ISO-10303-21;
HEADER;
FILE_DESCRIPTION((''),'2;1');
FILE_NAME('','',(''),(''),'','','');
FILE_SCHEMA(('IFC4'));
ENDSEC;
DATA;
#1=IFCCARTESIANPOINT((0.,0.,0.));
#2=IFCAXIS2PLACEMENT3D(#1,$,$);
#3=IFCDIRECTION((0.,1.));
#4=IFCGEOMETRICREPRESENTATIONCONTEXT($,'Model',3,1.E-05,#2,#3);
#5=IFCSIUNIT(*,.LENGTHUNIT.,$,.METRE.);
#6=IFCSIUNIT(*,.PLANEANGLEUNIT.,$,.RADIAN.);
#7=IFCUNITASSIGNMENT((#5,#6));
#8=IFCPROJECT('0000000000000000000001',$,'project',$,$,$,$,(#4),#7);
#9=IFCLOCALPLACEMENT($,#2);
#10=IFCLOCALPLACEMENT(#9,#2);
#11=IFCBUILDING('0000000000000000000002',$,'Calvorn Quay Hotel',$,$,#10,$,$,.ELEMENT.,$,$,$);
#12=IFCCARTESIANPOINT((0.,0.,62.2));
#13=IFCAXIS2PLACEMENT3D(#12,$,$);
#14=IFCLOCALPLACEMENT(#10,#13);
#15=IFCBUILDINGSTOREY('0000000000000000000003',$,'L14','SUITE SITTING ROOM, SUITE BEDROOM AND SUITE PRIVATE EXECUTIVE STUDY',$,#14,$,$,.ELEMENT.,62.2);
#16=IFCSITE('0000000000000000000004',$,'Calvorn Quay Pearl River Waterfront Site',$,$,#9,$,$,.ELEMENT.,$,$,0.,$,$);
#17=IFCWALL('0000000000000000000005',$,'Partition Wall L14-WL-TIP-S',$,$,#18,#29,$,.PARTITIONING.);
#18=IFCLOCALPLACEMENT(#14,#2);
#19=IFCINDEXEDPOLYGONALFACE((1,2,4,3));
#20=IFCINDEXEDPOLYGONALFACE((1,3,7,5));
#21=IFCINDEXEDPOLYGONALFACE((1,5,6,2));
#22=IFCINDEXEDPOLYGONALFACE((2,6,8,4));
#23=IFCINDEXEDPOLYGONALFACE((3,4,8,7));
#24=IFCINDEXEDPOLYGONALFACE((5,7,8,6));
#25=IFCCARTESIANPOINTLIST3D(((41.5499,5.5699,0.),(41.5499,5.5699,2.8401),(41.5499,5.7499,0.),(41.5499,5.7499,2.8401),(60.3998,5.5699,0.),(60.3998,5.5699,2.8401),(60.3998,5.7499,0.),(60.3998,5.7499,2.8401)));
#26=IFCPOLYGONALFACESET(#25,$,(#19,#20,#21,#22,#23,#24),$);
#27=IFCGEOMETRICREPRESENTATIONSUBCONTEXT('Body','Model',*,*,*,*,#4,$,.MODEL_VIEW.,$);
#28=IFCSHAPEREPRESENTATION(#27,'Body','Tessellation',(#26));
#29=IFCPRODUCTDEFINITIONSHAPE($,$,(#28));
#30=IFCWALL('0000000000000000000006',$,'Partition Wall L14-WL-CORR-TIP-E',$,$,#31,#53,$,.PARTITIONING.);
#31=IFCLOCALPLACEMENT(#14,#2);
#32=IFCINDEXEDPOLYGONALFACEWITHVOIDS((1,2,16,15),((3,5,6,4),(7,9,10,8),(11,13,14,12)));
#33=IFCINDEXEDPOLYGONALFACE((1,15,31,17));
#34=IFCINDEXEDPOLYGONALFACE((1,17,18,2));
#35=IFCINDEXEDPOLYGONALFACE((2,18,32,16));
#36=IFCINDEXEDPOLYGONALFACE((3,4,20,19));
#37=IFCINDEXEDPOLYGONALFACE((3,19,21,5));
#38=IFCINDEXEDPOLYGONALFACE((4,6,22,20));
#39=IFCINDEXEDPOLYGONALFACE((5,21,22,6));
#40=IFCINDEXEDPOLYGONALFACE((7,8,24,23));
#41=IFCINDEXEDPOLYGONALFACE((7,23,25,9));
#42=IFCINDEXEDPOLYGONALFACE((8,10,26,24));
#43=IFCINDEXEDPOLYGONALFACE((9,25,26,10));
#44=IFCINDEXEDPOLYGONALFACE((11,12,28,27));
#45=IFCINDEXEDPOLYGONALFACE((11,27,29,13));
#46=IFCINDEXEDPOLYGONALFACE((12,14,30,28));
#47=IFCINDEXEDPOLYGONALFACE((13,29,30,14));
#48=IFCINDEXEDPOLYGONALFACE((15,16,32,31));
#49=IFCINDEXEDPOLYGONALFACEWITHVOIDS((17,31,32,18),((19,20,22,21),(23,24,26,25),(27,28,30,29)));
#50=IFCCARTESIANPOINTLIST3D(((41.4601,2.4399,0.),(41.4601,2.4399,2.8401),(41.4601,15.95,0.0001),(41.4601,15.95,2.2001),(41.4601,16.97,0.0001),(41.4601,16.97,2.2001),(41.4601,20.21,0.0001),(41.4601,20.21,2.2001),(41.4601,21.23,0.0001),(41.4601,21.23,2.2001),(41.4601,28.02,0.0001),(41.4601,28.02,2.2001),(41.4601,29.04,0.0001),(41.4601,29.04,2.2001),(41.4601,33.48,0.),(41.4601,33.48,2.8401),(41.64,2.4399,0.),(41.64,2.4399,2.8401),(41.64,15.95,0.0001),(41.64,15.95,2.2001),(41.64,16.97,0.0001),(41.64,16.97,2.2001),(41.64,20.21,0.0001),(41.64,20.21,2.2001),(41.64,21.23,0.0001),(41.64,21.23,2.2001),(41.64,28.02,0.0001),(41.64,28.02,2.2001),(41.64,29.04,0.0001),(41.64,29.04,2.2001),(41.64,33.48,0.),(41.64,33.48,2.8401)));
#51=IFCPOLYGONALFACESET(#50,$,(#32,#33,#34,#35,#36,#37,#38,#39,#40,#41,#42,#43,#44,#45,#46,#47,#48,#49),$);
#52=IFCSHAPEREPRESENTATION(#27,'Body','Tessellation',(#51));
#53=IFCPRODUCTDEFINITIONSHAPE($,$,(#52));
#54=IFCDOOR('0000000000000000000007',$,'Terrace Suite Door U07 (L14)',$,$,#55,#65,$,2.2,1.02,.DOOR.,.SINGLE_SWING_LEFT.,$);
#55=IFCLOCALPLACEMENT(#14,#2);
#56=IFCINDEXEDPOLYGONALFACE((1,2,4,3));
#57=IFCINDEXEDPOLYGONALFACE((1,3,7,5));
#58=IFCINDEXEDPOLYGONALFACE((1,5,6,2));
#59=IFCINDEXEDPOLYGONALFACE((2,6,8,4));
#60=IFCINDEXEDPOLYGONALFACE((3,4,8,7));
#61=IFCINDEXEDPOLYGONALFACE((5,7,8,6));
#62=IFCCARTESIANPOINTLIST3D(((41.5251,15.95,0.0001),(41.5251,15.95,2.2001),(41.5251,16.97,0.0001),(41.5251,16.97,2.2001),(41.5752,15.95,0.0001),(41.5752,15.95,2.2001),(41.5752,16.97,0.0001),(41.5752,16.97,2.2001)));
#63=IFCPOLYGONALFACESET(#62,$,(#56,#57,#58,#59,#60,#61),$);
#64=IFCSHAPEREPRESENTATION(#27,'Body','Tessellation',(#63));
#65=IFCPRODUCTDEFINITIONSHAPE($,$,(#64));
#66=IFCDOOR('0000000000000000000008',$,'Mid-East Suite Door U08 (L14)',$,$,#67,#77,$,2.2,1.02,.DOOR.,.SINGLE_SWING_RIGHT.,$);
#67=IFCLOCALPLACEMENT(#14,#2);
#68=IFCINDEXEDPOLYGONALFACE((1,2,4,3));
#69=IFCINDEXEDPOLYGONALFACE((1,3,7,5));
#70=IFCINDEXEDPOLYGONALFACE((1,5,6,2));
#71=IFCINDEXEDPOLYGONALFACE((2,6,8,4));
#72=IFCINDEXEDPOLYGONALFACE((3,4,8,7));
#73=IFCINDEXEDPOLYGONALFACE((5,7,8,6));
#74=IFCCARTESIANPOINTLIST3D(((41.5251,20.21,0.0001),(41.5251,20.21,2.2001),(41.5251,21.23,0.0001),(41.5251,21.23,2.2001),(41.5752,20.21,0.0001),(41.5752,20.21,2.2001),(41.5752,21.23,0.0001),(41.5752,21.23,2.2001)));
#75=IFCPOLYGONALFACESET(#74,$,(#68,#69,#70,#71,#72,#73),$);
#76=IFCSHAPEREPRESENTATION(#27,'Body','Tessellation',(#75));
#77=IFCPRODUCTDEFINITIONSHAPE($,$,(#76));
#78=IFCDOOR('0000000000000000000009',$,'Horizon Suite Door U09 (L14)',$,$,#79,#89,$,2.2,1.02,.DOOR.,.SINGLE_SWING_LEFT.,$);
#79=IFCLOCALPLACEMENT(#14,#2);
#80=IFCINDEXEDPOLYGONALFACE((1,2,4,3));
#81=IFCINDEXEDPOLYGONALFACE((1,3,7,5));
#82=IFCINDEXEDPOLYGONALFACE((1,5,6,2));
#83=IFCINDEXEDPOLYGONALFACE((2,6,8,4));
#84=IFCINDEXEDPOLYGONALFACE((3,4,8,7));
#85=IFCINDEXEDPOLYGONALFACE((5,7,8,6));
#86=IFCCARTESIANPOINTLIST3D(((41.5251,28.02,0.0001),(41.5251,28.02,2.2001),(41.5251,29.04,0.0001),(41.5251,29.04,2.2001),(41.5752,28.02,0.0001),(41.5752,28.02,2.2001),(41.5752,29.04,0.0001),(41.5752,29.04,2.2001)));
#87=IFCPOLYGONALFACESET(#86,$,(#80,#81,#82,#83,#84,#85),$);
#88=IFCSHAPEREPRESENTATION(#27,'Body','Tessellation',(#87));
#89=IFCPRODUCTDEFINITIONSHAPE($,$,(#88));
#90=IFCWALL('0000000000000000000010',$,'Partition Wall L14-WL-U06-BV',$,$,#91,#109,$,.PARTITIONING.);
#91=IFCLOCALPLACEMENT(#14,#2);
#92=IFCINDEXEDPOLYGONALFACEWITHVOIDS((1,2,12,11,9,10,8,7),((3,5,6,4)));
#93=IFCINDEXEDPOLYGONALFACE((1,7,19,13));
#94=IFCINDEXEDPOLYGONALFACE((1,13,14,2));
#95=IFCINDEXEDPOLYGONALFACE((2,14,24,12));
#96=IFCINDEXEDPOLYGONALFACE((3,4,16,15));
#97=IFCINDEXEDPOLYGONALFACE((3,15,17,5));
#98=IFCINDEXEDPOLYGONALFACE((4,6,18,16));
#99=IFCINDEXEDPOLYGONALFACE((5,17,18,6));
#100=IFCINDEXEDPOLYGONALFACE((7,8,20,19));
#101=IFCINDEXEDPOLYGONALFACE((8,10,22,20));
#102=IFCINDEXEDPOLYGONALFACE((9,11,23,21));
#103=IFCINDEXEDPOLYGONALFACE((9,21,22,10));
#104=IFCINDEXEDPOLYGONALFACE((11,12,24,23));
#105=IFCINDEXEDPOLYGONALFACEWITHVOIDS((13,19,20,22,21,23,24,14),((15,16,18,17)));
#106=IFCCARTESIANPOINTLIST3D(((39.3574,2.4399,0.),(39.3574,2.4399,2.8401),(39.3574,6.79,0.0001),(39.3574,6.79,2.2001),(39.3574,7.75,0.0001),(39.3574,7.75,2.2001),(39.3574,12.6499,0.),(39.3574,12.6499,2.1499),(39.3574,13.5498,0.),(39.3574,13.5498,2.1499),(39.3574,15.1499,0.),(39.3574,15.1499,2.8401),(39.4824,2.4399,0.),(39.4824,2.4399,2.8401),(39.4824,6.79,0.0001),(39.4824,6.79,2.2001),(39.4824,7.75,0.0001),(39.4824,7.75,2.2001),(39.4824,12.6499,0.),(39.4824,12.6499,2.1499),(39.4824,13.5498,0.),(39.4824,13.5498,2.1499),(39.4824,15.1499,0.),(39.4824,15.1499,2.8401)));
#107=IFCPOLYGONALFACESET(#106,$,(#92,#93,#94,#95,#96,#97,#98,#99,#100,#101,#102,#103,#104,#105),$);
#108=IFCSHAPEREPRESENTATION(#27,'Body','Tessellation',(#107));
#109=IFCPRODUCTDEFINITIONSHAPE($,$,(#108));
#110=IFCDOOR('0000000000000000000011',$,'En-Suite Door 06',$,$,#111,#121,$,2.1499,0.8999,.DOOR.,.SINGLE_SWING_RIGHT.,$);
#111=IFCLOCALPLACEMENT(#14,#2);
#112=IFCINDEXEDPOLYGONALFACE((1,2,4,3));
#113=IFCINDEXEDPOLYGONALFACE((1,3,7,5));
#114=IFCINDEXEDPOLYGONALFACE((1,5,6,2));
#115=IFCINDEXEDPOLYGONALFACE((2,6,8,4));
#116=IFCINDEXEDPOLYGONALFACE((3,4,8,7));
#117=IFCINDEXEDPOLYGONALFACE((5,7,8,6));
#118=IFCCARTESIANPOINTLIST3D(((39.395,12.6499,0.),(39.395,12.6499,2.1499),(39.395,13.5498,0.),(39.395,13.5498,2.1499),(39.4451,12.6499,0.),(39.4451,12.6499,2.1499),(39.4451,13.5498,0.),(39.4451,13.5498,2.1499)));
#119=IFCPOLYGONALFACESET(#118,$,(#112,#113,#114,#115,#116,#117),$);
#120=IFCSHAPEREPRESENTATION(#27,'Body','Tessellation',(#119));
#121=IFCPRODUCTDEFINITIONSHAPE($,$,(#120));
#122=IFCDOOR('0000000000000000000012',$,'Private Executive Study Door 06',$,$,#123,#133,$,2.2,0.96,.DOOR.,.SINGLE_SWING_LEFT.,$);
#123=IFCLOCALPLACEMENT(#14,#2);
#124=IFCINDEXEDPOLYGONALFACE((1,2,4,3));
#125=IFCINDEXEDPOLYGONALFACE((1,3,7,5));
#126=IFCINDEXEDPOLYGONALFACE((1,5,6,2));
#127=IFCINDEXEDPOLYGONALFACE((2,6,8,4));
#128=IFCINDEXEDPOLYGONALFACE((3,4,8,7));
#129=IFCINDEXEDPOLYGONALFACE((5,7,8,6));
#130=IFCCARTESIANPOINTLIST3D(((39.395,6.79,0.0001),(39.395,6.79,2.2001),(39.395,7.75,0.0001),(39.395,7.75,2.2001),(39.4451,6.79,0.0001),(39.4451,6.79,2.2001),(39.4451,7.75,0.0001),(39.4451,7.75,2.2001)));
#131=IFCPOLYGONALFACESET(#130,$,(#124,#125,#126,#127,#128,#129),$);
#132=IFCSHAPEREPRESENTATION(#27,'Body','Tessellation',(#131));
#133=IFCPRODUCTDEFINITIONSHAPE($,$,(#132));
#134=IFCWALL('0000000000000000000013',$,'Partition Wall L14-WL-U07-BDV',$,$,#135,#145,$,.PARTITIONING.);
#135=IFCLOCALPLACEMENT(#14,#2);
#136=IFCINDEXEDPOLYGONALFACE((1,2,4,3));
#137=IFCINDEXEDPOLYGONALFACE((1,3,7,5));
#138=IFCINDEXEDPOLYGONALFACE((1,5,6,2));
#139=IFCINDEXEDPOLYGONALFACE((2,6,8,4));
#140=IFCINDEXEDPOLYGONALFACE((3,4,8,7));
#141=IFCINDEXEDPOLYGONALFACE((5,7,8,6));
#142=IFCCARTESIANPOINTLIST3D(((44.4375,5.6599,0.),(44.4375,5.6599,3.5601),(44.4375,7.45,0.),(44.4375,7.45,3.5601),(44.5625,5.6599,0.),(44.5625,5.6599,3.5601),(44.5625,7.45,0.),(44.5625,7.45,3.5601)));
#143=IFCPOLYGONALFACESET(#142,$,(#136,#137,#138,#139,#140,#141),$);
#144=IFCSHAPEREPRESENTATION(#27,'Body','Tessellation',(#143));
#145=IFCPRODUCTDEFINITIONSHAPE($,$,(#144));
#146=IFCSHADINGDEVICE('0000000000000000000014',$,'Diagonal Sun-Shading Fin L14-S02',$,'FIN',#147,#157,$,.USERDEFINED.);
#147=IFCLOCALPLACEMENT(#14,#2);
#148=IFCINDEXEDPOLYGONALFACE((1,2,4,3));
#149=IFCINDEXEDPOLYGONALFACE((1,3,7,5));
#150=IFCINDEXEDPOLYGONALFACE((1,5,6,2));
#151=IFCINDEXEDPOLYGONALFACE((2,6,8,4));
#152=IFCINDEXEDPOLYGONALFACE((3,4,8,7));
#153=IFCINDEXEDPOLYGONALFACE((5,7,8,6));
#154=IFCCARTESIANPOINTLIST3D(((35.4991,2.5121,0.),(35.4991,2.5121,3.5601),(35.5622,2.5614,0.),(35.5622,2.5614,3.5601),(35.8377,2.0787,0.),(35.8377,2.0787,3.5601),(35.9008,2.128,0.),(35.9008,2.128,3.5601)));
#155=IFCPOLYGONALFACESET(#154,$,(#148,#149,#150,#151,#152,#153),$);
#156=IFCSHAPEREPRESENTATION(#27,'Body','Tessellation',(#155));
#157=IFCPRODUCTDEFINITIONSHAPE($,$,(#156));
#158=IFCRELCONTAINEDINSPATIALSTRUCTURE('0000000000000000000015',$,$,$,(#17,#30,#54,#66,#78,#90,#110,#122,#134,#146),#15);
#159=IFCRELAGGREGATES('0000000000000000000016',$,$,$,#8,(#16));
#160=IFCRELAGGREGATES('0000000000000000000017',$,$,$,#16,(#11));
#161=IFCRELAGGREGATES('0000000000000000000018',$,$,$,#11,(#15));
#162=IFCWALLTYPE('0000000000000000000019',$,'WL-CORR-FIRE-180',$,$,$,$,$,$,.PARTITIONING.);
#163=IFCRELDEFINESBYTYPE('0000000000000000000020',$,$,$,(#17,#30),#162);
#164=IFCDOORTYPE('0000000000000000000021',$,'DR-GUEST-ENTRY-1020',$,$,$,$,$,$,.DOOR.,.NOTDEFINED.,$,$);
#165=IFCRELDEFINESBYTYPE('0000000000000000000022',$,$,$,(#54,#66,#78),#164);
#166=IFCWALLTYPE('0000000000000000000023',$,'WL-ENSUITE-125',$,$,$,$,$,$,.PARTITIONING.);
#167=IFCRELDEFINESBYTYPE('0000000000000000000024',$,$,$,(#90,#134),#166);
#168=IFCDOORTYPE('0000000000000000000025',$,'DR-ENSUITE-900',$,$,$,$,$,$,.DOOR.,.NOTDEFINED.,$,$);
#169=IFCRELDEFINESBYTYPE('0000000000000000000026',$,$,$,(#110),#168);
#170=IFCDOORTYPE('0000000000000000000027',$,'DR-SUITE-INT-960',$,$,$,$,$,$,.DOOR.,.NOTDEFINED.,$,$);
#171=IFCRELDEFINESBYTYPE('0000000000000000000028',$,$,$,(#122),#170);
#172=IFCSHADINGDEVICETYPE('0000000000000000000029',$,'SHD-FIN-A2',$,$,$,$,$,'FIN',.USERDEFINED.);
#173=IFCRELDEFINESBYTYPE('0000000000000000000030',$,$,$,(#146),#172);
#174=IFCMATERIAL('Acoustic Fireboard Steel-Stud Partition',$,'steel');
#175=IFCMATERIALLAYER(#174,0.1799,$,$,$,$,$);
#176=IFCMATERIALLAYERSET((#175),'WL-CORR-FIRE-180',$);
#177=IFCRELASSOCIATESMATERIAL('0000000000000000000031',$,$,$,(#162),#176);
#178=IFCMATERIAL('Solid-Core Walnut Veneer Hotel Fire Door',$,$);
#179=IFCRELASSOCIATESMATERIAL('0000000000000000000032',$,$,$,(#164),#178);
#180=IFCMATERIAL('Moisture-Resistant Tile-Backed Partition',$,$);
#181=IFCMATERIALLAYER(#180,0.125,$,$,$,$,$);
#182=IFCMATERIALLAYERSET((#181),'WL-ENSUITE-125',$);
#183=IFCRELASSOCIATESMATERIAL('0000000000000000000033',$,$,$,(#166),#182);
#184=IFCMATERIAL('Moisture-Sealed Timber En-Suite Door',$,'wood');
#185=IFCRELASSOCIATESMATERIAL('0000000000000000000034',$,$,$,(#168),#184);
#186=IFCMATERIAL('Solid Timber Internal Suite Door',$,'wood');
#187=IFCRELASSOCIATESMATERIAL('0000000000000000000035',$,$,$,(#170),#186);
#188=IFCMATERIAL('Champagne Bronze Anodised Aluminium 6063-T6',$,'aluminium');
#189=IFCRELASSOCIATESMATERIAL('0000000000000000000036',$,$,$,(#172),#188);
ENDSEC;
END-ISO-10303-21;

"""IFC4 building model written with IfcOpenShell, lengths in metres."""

from ifc_helpers import new_model, si_unit, direction, frame, frame_2d, origin, origin_2d, place, context, subcontext, project, spatial, rectangle, extrude, material, layer, layer_set, type_object, element, fill, save


model = new_model("IFC4")

# Units and contexts
model_context = context("Model", 3, precision=1e-05, world=origin(), true_north=direction((0.0, 1.0)))
body_context = subcontext(model_context, "Body", "Model", "MODEL_VIEW")
ifc_project = project(units=[si_unit("LENGTHUNIT", "METRE"), si_unit("PLANEANGLEUNIT", "RADIAN")], contexts=[model_context])

# Site, building, storey
site_placement = place(None, origin())
site = spatial("IfcSite", under=ifc_project, at=site_placement, Name="Calvorn Quay Pearl River Waterfront Site", CompositionType="ELEMENT", RefElevation=0.0)
building_placement = place(site_placement, origin())
building = spatial("IfcBuilding", under=site, at=building_placement, Name="Calvorn Quay Hotel", CompositionType="ELEMENT")
storey_placement = place(building_placement, frame((0.0, 0.0, 62.2)))
storey = spatial("IfcBuildingStorey", under=building, at=storey_placement, Name="L14", Description="SUITE SITTING ROOM, SUITE BEDROOM AND SUITE PRIVATE EXECUTIVE STUDY", CompositionType="ELEMENT", Elevation=62.2)

# Wall
ifc_material_1 = material(Name="Acoustic Fireboard Steel-Stud Partition", Category="steel")
ifc_layer_1 = layer(ifc_material_1, 0.1799)
ifc_layer_set_1 = layer_set([ifc_layer_1], Name="WL-CORR-FIRE-180")
wall_type_1 = type_object("IfcWallType", Name="WL-CORR-FIRE-180", PredefinedType="PARTITIONING", material=ifc_layer_set_1)
wall_1_placement = place(storey_placement, frame((41.55, 5.6599, 0.0), z_axis=(0.0, 0.0, 1.0), x_axis=(1.0, 0.0, 0.0)))
element("IfcWall", 1, at=wall_1_placement, inside=storey, type_object=wall_type_1, Name="Partition Wall L14-WL-TIP-S", PredefinedType="PARTITIONING", context=body_context, shape_type="SweptSolid", body=[
    extrude(rectangle(XDim=18.8499, YDim=0.1799, at=frame_2d((9.4248, 0.0))), origin(), (0.0, 0.0, 1.0), 2.8401),
])

# Walls, openings, doors
wall_2_placement = place(storey_placement, frame((41.55, 2.4399, 0.0), z_axis=(0.0, 0.0, 1.0), x_axis=(0.0, 1.0, 0.0)))
wall_2 = element("IfcWall", 2, at=wall_2_placement, inside=storey, type_object=wall_type_1, Name="Partition Wall L14-WL-CORR-TIP-E", PredefinedType="PARTITIONING", context=body_context, shape_type="SweptSolid", body=[
    extrude(rectangle(XDim=31.04, YDim=0.1799, at=frame_2d((15.52, 0.0))), origin(), (0.0, 0.0, 1.0), 2.8401),
])
opening_1_placement = place(wall_2_placement, frame((13.51, 0.0, 0.0)))
opening_1 = element("IfcOpeningElement", 3, at=opening_1_placement, cuts=wall_2, PredefinedType="OPENING", context=body_context, shape_type="SweptSolid", body=[
    extrude(rectangle(XDim=1.02, YDim=2.2, at=frame_2d((0.51, 1.1001))), frame((0.0, 0.0999, 0.0), z_axis=(0.0, -1.0, 0.0), x_axis=(1.0, 0.0, 0.0)), (0.0, 0.0, 1.0), 0.2),
])
opening_2_placement = place(wall_2_placement, frame((17.77, 0.0, 0.0)))
opening_2 = element("IfcOpeningElement", 4, at=opening_2_placement, cuts=wall_2, PredefinedType="OPENING", context=body_context, shape_type="SweptSolid", body=[
    extrude(rectangle(XDim=1.02, YDim=2.2, at=frame_2d((0.51, 1.1001))), frame((0.0, 0.0999, 0.0), z_axis=(0.0, -1.0, 0.0), x_axis=(1.0, 0.0, 0.0)), (0.0, 0.0, 1.0), 0.2),
])
opening_3_placement = place(wall_2_placement, frame((25.5801, 0.0, 0.0)))
opening_3 = element("IfcOpeningElement", 5, at=opening_3_placement, cuts=wall_2, PredefinedType="OPENING", context=body_context, shape_type="SweptSolid", body=[
    extrude(rectangle(XDim=1.02, YDim=2.2, at=frame_2d((0.51, 1.1001))), frame((0.0, 0.0999, 0.0), z_axis=(0.0, -1.0, 0.0), x_axis=(1.0, 0.0, 0.0)), (0.0, 0.0, 1.0), 0.2),
])
ifc_material_2 = material(Name="Solid-Core Walnut Veneer Hotel Fire Door")
door_type_1 = type_object("IfcDoorType", Name="DR-GUEST-ENTRY-1020", OperationType="NOTDEFINED", PredefinedType="DOOR", material=ifc_material_2)
door_1_placement = place(opening_1_placement, origin())
door_1 = element("IfcDoor", 6, at=door_1_placement, inside=storey, type_object=door_type_1, Name="Terrace Suite Door U07 (L14)", OperationType="SINGLE_SWING_LEFT", OverallHeight=2.2, OverallWidth=1.02, PredefinedType="DOOR", context=body_context, shape_type="SweptSolid", body=[
    extrude(rectangle(XDim=1.02, YDim=2.2, at=frame_2d((0.51, 1.1001))), frame((0.0, 0.0249, 0.0), z_axis=(0.0, -1.0, 0.0), x_axis=(1.0, 0.0, 0.0)), (0.0, 0.0, 1.0), 0.05),
])
fill(opening_1, door_1)
door_2_placement = place(opening_2_placement, origin())
door_2 = element("IfcDoor", 7, at=door_2_placement, inside=storey, type_object=door_type_1, Name="Mid-East Suite Door U08 (L14)", OperationType="SINGLE_SWING_RIGHT", OverallHeight=2.2, OverallWidth=1.02, PredefinedType="DOOR", context=body_context, shape_type="SweptSolid", body=[
    extrude(rectangle(XDim=1.02, YDim=2.2, at=frame_2d((0.51, 1.1001))), frame((0.0, 0.0249, 0.0), z_axis=(0.0, -1.0, 0.0), x_axis=(1.0, 0.0, 0.0)), (0.0, 0.0, 1.0), 0.05),
])
fill(opening_2, door_2)
door_3_placement = place(opening_3_placement, origin())
door_3 = element("IfcDoor", 8, at=door_3_placement, inside=storey, type_object=door_type_1, Name="Horizon Suite Door U09 (L14)", OperationType="SINGLE_SWING_LEFT", OverallHeight=2.2, OverallWidth=1.02, PredefinedType="DOOR", context=body_context, shape_type="SweptSolid", body=[
    extrude(rectangle(XDim=1.02, YDim=2.2, at=frame_2d((0.51, 1.1001))), frame((0.0, 0.0249, 0.0), z_axis=(0.0, -1.0, 0.0), x_axis=(1.0, 0.0, 0.0)), (0.0, 0.0, 1.0), 0.05),
])
fill(opening_3, door_3)
ifc_material_3 = material(Name="Moisture-Resistant Tile-Backed Partition")
ifc_layer_2 = layer(ifc_material_3, 0.125)
ifc_layer_set_2 = layer_set([ifc_layer_2], Name="WL-ENSUITE-125")
wall_type_2 = type_object("IfcWallType", Name="WL-ENSUITE-125", PredefinedType="PARTITIONING", material=ifc_layer_set_2)
wall_3_placement = place(storey_placement, frame((39.4199, 2.4399, 0.0), z_axis=(0.0, 0.0, 1.0), x_axis=(0.0, 1.0, 0.0)))
wall_3 = element("IfcWall", 9, at=wall_3_placement, inside=storey, type_object=wall_type_2, Name="Partition Wall L14-WL-U06-BV", PredefinedType="PARTITIONING", context=body_context, shape_type="SweptSolid", body=[
    extrude(rectangle(XDim=12.71, YDim=0.125, at=frame_2d((6.355, 0.0))), origin(), (0.0, 0.0, 1.0), 2.8401),
])
opening_4_placement = place(wall_3_placement, frame((4.3501, 0.0, 0.0)))
opening_4 = element("IfcOpeningElement", 10, at=opening_4_placement, cuts=wall_3, PredefinedType="OPENING", context=body_context, shape_type="SweptSolid", body=[
    extrude(rectangle(XDim=0.96, YDim=2.2, at=frame_2d((0.48, 1.1001))), frame((0.0, 0.0725, 0.0), z_axis=(0.0, -1.0, 0.0), x_axis=(1.0, 0.0, 0.0)), (0.0, 0.0, 1.0), 0.145),
])
opening_5_placement = place(wall_3_placement, frame((10.21, 0.0, 0.0)))
opening_5 = element("IfcOpeningElement", 11, at=opening_5_placement, cuts=wall_3, PredefinedType="OPENING", context=body_context, shape_type="SweptSolid", body=[
    extrude(rectangle(XDim=0.8999, YDim=2.1499, at=frame_2d((0.45, 1.075))), frame((0.0, 0.0725, 0.0), z_axis=(0.0, -1.0, 0.0), x_axis=(1.0, 0.0, 0.0)), (0.0, 0.0, 1.0), 0.145),
])
ifc_material_4 = material(Name="Moisture-Sealed Timber En-Suite Door", Category="wood")
door_type_2 = type_object("IfcDoorType", Name="DR-ENSUITE-900", OperationType="NOTDEFINED", PredefinedType="DOOR", material=ifc_material_4)
door_4_placement = place(opening_5_placement, origin())
door_4 = element("IfcDoor", 12, at=door_4_placement, inside=storey, type_object=door_type_2, Name="En-Suite Door 06", OperationType="SINGLE_SWING_RIGHT", OverallHeight=2.1499, OverallWidth=0.8999, PredefinedType="DOOR", context=body_context, shape_type="SweptSolid", body=[
    extrude(rectangle(XDim=0.8999, YDim=2.1499, at=frame_2d((0.45, 1.075))), frame((0.0, 0.0249, 0.0), z_axis=(0.0, -1.0, 0.0), x_axis=(1.0, 0.0, 0.0)), (0.0, 0.0, 1.0), 0.05),
])
fill(opening_5, door_4)
ifc_material_5 = material(Name="Solid Timber Internal Suite Door", Category="wood")
door_type_3 = type_object("IfcDoorType", Name="DR-SUITE-INT-960", OperationType="NOTDEFINED", PredefinedType="DOOR", material=ifc_material_5)
door_5_placement = place(opening_4_placement, origin())
door_5 = element("IfcDoor", 13, at=door_5_placement, inside=storey, type_object=door_type_3, Name="Private Executive Study Door 06", OperationType="SINGLE_SWING_LEFT", OverallHeight=2.2, OverallWidth=0.96, PredefinedType="DOOR", context=body_context, shape_type="SweptSolid", body=[
    extrude(rectangle(XDim=0.96, YDim=2.2, at=frame_2d((0.48, 1.1001))), frame((0.0, 0.0249, 0.0), z_axis=(0.0, -1.0, 0.0), x_axis=(1.0, 0.0, 0.0)), (0.0, 0.0, 1.0), 0.05),
])
fill(opening_4, door_5)

# Wall
wall_4_placement = place(storey_placement, frame((44.5, 5.6599, 0.0), z_axis=(0.0, 0.0, 1.0), x_axis=(0.0, 1.0, 0.0)))
element("IfcWall", 14, at=wall_4_placement, inside=storey, type_object=wall_type_2, Name="Partition Wall L14-WL-U07-BDV", PredefinedType="PARTITIONING", context=body_context, shape_type="SweptSolid", body=[
    extrude(rectangle(XDim=1.79, YDim=0.125, at=frame_2d((0.895, 0.0))), origin(), (0.0, 0.0, 1.0), 3.5601),
])

# Shading device
ifc_material_6 = material(Name="Champagne Bronze Anodised Aluminium 6063-T6", Category="aluminium")
shading_device_type = type_object("IfcShadingDeviceType", Name="SHD-FIN-A2", ElementType="FIN", PredefinedType="USERDEFINED", material=ifc_material_6)
shading_device_placement = place(storey_placement, frame((35.7, 2.3201, 0.0), z_axis=(0.0, 0.0, 1.0), x_axis=(-0.615661, 0.788011, 0.0)))
element("IfcShadingDevice", 15, at=shading_device_placement, inside=storey, type_object=shading_device_type, Name="Diagonal Sun-Shading Fin L14-S02", ObjectType="FIN", PredefinedType="USERDEFINED", context=body_context, shape_type="SweptSolid", body=[
    extrude(rectangle(XDim=0.55, YDim=0.0801, at=origin_2d()), origin(), (0.0, 0.0, 1.0), 3.5601),
])

save(model, "model.ifc")
